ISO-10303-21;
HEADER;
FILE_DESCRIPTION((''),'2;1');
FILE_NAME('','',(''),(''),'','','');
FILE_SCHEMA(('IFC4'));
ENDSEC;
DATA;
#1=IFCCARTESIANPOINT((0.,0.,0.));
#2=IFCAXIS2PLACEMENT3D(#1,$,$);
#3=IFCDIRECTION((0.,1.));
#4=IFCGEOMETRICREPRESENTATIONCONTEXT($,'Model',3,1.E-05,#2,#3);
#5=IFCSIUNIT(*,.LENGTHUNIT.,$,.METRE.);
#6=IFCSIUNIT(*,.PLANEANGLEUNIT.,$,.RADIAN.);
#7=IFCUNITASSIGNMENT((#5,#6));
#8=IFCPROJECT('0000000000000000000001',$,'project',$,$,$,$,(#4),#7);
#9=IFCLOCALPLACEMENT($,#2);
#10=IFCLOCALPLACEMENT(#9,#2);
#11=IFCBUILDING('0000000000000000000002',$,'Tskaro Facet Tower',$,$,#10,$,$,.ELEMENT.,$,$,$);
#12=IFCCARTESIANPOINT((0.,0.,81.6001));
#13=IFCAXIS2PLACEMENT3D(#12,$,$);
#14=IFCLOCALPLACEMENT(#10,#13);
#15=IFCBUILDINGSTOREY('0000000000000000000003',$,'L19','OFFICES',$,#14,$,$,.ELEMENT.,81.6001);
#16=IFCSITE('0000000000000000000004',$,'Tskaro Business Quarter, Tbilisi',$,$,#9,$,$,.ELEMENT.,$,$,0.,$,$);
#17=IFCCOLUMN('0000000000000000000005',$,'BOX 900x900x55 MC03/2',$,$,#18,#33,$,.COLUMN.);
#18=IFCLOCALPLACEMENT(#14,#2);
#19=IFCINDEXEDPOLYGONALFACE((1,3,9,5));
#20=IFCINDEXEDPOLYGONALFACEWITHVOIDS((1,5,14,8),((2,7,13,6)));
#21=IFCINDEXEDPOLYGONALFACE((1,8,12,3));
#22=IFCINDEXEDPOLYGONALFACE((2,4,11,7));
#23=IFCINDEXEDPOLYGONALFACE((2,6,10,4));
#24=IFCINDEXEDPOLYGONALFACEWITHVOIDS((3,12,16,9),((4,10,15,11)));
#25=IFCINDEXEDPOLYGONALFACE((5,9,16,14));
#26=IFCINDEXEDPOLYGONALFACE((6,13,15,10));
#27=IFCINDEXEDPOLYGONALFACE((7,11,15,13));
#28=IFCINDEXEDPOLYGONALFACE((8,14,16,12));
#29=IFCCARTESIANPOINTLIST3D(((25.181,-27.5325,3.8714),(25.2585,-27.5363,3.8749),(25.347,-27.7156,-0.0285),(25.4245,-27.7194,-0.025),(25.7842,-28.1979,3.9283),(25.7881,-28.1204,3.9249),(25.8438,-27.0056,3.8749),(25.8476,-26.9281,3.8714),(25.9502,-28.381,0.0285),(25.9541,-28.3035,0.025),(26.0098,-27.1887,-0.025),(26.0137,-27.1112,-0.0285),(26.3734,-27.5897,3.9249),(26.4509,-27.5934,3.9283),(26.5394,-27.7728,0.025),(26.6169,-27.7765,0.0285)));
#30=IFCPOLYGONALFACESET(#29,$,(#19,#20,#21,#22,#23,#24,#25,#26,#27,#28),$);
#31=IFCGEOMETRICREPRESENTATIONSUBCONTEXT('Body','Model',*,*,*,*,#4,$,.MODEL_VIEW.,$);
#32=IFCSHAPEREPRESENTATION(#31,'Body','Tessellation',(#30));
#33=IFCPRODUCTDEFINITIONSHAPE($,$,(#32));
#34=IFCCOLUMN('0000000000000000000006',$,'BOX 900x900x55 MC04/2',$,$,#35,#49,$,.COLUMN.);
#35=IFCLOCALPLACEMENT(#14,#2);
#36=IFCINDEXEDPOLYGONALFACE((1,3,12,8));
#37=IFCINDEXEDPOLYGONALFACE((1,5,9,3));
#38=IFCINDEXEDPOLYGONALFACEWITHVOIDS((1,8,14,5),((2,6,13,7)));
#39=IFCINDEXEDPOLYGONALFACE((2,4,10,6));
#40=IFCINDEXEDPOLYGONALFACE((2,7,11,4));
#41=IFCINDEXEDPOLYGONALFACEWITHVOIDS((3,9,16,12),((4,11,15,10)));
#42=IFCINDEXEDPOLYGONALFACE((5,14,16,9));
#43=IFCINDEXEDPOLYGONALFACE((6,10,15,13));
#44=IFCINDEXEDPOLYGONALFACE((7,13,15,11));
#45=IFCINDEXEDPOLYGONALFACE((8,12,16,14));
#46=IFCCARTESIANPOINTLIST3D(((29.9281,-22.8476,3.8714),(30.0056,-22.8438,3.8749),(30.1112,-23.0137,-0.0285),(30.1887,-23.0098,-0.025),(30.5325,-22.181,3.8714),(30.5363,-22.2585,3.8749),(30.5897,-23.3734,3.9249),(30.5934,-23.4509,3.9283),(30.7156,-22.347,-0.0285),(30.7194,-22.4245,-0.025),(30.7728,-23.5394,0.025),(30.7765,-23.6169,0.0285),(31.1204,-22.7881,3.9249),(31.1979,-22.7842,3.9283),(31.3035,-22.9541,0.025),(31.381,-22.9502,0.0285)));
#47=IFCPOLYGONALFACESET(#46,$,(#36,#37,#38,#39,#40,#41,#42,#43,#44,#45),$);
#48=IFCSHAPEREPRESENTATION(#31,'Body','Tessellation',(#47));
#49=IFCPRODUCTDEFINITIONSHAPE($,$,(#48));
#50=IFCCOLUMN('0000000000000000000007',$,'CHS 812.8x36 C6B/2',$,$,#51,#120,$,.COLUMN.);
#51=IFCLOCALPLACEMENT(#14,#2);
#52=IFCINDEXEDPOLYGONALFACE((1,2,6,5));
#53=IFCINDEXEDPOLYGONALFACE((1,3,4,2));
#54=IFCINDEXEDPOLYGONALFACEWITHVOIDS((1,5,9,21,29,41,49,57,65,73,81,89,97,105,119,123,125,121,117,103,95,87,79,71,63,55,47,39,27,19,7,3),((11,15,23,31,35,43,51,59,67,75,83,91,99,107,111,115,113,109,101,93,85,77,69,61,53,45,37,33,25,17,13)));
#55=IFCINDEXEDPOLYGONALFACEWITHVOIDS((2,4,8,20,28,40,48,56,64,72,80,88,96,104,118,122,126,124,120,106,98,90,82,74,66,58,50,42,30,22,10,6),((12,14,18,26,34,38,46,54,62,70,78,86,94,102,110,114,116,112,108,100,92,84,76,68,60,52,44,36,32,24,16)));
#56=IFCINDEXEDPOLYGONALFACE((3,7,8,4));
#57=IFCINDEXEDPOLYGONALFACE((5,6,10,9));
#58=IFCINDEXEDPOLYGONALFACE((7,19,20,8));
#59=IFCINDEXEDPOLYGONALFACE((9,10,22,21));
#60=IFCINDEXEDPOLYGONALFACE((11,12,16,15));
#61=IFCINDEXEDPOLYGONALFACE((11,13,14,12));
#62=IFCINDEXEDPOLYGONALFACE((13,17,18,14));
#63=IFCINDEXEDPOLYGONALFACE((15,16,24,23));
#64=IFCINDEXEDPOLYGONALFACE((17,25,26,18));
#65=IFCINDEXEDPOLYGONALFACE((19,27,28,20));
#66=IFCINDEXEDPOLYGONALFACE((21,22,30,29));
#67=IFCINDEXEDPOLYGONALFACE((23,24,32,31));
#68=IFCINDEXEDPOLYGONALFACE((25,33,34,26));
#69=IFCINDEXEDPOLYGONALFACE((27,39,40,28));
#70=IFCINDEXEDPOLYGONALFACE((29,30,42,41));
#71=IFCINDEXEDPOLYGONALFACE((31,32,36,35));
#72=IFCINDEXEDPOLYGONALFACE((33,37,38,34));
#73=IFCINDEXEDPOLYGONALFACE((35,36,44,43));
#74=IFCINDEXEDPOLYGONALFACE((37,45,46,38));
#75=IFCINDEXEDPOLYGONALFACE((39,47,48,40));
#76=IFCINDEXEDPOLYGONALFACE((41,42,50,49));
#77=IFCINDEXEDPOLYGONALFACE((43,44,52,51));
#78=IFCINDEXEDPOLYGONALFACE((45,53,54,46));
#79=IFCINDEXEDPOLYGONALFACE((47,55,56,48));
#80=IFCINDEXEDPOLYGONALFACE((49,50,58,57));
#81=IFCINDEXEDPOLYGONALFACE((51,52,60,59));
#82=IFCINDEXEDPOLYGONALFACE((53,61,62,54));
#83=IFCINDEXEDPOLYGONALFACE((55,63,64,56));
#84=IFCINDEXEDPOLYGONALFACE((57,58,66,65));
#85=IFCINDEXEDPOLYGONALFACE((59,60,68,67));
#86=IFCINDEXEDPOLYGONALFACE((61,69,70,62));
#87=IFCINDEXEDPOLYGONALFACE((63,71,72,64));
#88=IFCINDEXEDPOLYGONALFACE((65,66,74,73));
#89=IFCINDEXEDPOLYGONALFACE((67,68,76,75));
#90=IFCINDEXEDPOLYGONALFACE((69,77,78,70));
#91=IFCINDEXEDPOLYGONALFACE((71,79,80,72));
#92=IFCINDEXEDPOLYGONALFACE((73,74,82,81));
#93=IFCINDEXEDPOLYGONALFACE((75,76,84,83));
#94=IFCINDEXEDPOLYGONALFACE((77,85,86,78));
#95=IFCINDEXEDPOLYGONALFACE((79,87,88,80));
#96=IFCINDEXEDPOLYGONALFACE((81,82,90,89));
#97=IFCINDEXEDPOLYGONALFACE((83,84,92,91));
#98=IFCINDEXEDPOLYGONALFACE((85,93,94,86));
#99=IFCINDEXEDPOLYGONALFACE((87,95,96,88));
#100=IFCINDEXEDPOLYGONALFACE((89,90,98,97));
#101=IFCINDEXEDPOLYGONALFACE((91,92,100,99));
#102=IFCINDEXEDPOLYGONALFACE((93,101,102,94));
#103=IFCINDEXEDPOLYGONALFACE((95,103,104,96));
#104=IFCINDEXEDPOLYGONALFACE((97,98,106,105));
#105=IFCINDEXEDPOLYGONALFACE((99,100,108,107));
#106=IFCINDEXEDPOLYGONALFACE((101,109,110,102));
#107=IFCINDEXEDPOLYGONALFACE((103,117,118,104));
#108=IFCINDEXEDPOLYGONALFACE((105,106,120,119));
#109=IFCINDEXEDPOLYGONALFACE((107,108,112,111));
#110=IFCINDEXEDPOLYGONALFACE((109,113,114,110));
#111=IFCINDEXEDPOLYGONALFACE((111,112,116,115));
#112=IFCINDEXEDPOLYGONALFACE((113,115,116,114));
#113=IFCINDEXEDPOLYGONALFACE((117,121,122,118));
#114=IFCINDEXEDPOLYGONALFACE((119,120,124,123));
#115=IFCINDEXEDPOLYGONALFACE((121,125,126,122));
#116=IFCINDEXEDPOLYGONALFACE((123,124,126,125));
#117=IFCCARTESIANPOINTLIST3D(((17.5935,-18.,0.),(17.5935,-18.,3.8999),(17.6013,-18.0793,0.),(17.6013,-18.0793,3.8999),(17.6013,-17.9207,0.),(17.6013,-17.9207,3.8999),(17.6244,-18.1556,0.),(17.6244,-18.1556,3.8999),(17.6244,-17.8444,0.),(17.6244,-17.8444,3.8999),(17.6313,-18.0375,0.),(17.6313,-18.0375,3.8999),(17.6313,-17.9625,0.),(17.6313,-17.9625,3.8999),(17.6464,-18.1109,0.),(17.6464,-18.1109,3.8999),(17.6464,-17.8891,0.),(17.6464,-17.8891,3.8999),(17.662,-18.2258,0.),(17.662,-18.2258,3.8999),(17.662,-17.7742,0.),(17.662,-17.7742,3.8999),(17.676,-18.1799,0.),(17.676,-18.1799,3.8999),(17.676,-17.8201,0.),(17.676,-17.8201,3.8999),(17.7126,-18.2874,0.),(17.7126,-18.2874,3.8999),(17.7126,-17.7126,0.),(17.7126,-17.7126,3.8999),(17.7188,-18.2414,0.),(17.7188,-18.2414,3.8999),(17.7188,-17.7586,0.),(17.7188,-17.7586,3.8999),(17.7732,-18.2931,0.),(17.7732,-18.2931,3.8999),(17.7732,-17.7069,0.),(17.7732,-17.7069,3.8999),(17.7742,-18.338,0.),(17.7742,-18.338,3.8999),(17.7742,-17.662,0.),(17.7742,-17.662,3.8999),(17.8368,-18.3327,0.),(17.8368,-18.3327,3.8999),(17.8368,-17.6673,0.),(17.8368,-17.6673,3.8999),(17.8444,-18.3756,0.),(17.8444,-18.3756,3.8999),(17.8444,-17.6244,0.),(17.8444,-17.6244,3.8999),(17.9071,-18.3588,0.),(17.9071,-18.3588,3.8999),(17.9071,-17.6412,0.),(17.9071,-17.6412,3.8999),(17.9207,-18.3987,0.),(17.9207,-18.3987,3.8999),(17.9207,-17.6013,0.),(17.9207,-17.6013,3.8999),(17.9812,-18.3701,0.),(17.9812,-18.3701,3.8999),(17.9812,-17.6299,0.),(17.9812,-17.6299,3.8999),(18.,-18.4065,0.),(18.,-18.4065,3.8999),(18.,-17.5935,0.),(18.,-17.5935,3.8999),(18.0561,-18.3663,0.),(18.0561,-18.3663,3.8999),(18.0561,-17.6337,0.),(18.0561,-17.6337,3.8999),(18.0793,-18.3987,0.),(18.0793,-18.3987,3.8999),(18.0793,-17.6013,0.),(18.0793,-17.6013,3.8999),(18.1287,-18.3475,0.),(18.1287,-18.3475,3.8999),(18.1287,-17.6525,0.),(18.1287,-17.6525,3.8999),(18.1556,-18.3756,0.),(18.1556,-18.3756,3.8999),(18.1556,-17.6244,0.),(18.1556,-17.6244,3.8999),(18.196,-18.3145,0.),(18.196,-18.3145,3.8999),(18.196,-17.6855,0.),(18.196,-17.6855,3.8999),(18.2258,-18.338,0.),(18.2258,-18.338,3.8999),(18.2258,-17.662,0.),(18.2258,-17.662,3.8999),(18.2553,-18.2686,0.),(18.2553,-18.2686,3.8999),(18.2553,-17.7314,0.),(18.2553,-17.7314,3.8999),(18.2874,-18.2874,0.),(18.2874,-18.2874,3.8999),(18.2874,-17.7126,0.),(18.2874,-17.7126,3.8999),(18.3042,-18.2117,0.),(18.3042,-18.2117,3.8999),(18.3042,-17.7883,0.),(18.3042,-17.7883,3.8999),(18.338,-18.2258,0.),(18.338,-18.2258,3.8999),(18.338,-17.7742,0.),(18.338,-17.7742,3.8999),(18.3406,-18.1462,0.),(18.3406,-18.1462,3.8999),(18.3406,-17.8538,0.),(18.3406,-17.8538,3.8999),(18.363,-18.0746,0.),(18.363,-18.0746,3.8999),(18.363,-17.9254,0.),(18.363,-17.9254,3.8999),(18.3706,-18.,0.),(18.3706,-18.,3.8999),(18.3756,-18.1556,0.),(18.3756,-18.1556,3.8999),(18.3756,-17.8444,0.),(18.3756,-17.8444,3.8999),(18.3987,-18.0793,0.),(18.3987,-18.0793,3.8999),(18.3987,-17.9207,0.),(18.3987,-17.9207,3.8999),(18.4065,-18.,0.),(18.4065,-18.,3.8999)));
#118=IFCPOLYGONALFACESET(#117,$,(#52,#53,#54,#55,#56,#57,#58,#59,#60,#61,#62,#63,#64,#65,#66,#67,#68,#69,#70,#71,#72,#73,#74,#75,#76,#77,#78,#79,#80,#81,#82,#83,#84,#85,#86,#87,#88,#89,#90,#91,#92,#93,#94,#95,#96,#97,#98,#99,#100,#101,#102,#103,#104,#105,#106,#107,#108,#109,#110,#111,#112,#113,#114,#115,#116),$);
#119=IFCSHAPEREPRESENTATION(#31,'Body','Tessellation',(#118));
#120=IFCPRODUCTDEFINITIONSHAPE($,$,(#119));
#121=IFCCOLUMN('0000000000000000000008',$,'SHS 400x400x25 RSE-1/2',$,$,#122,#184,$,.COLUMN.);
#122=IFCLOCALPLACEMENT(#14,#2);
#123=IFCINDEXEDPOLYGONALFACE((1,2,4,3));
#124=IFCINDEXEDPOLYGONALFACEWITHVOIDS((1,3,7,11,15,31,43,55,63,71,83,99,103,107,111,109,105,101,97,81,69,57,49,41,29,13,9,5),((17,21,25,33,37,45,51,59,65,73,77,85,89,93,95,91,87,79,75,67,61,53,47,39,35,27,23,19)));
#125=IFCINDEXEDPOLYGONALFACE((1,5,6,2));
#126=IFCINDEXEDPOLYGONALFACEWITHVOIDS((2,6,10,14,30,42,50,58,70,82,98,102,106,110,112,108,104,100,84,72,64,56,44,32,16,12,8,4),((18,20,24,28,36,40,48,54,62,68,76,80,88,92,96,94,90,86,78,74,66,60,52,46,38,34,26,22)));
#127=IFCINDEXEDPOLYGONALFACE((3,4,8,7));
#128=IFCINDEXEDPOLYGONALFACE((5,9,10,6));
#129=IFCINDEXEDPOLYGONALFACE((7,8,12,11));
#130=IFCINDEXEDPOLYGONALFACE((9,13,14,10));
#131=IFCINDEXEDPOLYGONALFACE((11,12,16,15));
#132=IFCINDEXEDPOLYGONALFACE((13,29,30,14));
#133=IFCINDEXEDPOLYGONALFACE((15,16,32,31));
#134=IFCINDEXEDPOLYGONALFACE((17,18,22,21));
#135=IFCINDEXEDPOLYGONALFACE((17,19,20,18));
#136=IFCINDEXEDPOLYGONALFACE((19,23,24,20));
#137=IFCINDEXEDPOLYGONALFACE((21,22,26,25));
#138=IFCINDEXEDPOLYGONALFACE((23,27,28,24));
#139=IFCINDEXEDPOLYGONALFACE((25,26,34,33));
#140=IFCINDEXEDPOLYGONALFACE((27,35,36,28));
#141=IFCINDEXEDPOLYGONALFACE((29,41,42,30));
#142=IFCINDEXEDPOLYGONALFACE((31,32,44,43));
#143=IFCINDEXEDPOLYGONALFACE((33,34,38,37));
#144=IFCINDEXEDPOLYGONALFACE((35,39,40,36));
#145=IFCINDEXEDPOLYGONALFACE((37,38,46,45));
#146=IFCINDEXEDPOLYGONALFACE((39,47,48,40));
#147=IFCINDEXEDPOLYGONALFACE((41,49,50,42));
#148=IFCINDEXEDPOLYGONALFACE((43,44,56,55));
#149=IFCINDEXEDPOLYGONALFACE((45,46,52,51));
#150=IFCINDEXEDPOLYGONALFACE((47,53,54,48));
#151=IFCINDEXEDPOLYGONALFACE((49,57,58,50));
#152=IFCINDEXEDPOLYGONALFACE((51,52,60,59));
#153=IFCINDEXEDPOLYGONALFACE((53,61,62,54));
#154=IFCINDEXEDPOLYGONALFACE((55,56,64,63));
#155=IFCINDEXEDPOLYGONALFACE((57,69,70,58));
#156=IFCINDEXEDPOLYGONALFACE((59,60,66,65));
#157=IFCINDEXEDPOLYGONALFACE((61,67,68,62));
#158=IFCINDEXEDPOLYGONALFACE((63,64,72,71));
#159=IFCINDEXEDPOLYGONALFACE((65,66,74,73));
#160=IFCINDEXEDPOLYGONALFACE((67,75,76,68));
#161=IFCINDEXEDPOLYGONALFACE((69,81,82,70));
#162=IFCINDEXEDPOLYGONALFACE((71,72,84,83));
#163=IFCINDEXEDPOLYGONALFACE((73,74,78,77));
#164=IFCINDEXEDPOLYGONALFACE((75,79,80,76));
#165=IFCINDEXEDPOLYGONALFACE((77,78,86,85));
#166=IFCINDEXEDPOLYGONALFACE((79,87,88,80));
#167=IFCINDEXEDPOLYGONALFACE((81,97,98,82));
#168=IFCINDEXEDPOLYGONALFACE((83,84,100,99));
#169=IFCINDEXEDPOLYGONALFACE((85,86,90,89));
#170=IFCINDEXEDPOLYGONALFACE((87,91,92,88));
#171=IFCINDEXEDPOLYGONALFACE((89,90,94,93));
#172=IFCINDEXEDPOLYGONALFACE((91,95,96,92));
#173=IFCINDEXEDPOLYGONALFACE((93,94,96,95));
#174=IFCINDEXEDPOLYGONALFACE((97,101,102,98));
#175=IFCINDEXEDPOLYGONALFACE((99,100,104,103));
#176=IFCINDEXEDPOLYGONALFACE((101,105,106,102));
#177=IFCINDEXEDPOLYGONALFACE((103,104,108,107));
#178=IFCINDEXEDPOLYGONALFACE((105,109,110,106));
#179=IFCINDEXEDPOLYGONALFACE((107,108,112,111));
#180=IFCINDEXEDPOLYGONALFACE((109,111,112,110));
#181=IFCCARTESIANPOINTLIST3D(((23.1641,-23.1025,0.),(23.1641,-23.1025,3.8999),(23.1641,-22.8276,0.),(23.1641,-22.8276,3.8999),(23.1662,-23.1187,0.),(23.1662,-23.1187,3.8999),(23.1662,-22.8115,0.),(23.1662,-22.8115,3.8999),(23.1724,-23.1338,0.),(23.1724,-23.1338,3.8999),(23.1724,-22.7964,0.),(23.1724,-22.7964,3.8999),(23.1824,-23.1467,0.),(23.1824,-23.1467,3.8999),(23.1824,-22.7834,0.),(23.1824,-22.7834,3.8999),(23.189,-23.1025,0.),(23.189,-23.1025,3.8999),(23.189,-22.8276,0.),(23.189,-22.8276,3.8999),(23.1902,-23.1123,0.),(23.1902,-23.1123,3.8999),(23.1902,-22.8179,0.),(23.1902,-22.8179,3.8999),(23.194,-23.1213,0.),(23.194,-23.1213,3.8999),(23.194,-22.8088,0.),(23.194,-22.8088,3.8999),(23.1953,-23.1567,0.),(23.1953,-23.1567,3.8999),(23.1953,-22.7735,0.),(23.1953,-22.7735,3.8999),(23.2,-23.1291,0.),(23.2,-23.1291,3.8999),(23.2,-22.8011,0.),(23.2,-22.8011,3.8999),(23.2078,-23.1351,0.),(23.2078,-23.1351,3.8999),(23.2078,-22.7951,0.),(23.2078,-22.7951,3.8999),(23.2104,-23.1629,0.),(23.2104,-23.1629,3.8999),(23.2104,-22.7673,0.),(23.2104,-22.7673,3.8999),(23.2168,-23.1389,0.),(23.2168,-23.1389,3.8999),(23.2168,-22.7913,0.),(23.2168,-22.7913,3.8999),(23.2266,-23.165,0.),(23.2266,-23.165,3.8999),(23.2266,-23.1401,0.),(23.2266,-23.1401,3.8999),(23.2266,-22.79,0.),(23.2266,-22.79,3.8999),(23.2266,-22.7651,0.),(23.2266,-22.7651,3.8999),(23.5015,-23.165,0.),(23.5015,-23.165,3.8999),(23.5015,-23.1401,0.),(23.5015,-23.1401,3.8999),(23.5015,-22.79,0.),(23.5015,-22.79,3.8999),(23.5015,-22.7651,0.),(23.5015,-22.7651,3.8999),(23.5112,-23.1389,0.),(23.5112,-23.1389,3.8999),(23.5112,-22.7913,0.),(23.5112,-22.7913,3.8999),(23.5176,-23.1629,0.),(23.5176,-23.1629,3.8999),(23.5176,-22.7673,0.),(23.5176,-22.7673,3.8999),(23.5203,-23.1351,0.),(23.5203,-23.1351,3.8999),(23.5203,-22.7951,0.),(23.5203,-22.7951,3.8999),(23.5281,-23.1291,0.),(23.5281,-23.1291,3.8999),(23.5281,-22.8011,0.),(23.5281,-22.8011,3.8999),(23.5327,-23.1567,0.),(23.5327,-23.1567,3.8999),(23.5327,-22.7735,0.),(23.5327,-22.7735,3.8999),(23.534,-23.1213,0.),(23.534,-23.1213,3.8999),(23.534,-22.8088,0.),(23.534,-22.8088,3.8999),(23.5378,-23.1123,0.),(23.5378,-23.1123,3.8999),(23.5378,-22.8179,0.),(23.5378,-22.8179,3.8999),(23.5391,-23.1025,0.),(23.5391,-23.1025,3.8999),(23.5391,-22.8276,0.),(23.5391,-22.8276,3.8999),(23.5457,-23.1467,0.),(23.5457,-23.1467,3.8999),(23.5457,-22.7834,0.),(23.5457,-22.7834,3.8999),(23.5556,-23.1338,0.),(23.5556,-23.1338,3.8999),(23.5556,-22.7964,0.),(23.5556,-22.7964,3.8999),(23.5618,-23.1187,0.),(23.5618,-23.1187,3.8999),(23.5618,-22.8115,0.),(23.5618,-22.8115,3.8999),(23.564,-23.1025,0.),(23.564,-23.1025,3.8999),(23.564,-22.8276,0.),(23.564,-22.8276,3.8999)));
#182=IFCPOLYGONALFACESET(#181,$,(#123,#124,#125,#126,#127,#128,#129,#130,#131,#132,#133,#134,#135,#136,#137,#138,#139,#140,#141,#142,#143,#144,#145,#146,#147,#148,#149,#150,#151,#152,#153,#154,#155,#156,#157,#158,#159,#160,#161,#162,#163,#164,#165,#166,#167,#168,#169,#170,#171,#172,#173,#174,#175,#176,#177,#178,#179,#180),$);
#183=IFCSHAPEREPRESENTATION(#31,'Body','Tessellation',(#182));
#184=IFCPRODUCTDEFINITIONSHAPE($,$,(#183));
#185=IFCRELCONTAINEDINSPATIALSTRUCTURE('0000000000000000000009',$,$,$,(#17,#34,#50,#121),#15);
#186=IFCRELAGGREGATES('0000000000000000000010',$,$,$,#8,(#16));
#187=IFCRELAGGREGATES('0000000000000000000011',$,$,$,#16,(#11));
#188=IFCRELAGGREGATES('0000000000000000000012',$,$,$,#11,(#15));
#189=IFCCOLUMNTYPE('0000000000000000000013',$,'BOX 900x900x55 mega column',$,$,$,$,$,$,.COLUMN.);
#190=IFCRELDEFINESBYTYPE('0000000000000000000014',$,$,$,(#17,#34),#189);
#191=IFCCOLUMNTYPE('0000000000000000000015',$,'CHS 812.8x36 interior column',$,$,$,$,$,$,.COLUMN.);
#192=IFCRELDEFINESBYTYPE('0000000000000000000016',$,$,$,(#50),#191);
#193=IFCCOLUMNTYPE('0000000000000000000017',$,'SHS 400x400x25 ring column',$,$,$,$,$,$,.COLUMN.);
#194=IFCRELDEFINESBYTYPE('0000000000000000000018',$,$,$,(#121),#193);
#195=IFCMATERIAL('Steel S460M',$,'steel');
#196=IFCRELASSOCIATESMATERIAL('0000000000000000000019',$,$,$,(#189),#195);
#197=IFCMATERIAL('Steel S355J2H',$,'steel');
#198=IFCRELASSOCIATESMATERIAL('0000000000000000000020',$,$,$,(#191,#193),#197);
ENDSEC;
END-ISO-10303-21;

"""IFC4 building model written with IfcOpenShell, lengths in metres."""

from ifc_helpers import new_model, si_unit, direction, frame, origin, origin_2d, place, context, subcontext, project, spatial, hollow_rectangle, hollow_circle, extrude, material, material_profile, profile_set, type_object, element, save


model = new_model("IFC4")

# Units and contexts
model_context = context("Model", 3, precision=1e-05, world=origin(), true_north=direction((0.0, 1.0)))
body_context = subcontext(model_context, "Body", "Model", "MODEL_VIEW")
ifc_project = project(units=[si_unit("LENGTHUNIT", "METRE"), si_unit("PLANEANGLEUNIT", "RADIAN")], contexts=[model_context])

# Site, building, storey
site_placement = place(None, origin())
site = spatial("IfcSite", under=ifc_project, at=site_placement, Name="Tskaro Business Quarter, Tbilisi", CompositionType="ELEMENT", RefElevation=0.0)
building_placement = place(site_placement, origin())
building = spatial("IfcBuilding", under=site, at=building_placement, Name="Tskaro Facet Tower", CompositionType="ELEMENT")
storey_placement = place(building_placement, frame((0.0, 0.0, 81.6001)))
storey = spatial("IfcBuildingStorey", under=building, at=storey_placement, Name="L19", Description="OFFICES", CompositionType="ELEMENT", Elevation=81.6001)

# Columns
ifc_material_1 = material(Name="Steel S460M", Category="steel")
ifc_material_profile_1 = material_profile(ifc_material_1, hollow_rectangle(XDim=0.8999, YDim=0.8999, WallThickness=0.0549, at=origin_2d()), Name="BOX 900x900x55")
ifc_profile_set_1 = profile_set([ifc_material_profile_1], Name="Steel S460M")
column_type_1 = type_object("IfcColumnType", Name="BOX 900x900x55 mega column", PredefinedType="COLUMN", material=ifc_profile_set_1)
for number, where, z_axis, x_axis, name in (
    (1, (25.9819, -27.7461, 0.0), (-0.042484, 0.046857, 0.997998), (-0.740833, -0.671689, 0.0), "BOX 900x900x55 MC03/2"),
    (2, (30.7461, -22.9819, 0.0), (-0.046857, 0.042484, 0.997998), (-0.671689, -0.740833, 0.0), "BOX 900x900x55 MC04/2"),
):
    element("IfcColumn", number, at=place(storey_placement, frame(where, z_axis=z_axis, x_axis=x_axis)), inside=storey, type_object=column_type_1, Name=name, PredefinedType="COLUMN", context=body_context, shape_type="SweptSolid", body=[
        extrude(hollow_rectangle(XDim=0.8999, YDim=0.8999, WallThickness=0.0549, at=origin_2d()), origin(), (0.0, 0.0, 1.0), 3.9077),
    ])
ifc_material_2 = material(Name="Steel S355J2H", Category="steel")
ifc_material_profile_2 = material_profile(ifc_material_2, hollow_circle(Radius=0.4065, WallThickness=0.0359, at=origin_2d()), Name="CHS 812.8x36")
ifc_profile_set_2 = profile_set([ifc_material_profile_2], Name="Steel S355J2H")
column_type_2 = type_object("IfcColumnType", Name="CHS 812.8x36 interior column", PredefinedType="COLUMN", material=ifc_profile_set_2)
column_placement = place(storey_placement, frame((18.0, -18.0, 0.0), z_axis=(0.0, 0.0, 1.0), x_axis=(1.0, 0.0, 0.0)))
element("IfcColumn", 3, at=column_placement, inside=storey, type_object=column_type_2, Name="CHS 812.8x36 C6B/2", PredefinedType="COLUMN", context=body_context, shape_type="SweptSolid", body=[
    extrude(hollow_circle(Radius=0.4065, WallThickness=0.0359, at=origin_2d()), origin(), (0.0, 0.0, 1.0), 3.8999),
])
ifc_material_profile_3 = material_profile(ifc_material_2, hollow_rectangle(XDim=0.3999, YDim=0.3999, WallThickness=0.0249, InnerFilletRadius=0.0376, OuterFilletRadius=0.0625, at=origin_2d()), Name="SHS 400x400x25")
ifc_profile_set_3 = profile_set([ifc_material_profile_3], Name="Steel S355J2H")
column_type_3 = type_object("IfcColumnType", Name="SHS 400x400x25 ring column", PredefinedType="COLUMN", material=ifc_profile_set_3)
for number, where, z_axis, x_axis, name in (
    (4, (23.364, -22.9651, 0.0), (0.0, 0.0, 1.0), (1.0, 0.0, 0.0), "SHS 400x400x25 RSE-1/2"),
):
    element("IfcColumn", number, at=place(storey_placement, frame(where, z_axis=z_axis, x_axis=x_axis)), inside=storey, type_object=column_type_3, Name=name, PredefinedType="COLUMN", context=body_context, shape_type="SweptSolid", body=[
        extrude(hollow_rectangle(XDim=0.3999, YDim=0.3999, WallThickness=0.0249, InnerFilletRadius=0.0376, OuterFilletRadius=0.0625, at=origin_2d()), origin(), (0.0, 0.0, 1.0), 3.8999),
    ])

save(model, "model.ifc")
